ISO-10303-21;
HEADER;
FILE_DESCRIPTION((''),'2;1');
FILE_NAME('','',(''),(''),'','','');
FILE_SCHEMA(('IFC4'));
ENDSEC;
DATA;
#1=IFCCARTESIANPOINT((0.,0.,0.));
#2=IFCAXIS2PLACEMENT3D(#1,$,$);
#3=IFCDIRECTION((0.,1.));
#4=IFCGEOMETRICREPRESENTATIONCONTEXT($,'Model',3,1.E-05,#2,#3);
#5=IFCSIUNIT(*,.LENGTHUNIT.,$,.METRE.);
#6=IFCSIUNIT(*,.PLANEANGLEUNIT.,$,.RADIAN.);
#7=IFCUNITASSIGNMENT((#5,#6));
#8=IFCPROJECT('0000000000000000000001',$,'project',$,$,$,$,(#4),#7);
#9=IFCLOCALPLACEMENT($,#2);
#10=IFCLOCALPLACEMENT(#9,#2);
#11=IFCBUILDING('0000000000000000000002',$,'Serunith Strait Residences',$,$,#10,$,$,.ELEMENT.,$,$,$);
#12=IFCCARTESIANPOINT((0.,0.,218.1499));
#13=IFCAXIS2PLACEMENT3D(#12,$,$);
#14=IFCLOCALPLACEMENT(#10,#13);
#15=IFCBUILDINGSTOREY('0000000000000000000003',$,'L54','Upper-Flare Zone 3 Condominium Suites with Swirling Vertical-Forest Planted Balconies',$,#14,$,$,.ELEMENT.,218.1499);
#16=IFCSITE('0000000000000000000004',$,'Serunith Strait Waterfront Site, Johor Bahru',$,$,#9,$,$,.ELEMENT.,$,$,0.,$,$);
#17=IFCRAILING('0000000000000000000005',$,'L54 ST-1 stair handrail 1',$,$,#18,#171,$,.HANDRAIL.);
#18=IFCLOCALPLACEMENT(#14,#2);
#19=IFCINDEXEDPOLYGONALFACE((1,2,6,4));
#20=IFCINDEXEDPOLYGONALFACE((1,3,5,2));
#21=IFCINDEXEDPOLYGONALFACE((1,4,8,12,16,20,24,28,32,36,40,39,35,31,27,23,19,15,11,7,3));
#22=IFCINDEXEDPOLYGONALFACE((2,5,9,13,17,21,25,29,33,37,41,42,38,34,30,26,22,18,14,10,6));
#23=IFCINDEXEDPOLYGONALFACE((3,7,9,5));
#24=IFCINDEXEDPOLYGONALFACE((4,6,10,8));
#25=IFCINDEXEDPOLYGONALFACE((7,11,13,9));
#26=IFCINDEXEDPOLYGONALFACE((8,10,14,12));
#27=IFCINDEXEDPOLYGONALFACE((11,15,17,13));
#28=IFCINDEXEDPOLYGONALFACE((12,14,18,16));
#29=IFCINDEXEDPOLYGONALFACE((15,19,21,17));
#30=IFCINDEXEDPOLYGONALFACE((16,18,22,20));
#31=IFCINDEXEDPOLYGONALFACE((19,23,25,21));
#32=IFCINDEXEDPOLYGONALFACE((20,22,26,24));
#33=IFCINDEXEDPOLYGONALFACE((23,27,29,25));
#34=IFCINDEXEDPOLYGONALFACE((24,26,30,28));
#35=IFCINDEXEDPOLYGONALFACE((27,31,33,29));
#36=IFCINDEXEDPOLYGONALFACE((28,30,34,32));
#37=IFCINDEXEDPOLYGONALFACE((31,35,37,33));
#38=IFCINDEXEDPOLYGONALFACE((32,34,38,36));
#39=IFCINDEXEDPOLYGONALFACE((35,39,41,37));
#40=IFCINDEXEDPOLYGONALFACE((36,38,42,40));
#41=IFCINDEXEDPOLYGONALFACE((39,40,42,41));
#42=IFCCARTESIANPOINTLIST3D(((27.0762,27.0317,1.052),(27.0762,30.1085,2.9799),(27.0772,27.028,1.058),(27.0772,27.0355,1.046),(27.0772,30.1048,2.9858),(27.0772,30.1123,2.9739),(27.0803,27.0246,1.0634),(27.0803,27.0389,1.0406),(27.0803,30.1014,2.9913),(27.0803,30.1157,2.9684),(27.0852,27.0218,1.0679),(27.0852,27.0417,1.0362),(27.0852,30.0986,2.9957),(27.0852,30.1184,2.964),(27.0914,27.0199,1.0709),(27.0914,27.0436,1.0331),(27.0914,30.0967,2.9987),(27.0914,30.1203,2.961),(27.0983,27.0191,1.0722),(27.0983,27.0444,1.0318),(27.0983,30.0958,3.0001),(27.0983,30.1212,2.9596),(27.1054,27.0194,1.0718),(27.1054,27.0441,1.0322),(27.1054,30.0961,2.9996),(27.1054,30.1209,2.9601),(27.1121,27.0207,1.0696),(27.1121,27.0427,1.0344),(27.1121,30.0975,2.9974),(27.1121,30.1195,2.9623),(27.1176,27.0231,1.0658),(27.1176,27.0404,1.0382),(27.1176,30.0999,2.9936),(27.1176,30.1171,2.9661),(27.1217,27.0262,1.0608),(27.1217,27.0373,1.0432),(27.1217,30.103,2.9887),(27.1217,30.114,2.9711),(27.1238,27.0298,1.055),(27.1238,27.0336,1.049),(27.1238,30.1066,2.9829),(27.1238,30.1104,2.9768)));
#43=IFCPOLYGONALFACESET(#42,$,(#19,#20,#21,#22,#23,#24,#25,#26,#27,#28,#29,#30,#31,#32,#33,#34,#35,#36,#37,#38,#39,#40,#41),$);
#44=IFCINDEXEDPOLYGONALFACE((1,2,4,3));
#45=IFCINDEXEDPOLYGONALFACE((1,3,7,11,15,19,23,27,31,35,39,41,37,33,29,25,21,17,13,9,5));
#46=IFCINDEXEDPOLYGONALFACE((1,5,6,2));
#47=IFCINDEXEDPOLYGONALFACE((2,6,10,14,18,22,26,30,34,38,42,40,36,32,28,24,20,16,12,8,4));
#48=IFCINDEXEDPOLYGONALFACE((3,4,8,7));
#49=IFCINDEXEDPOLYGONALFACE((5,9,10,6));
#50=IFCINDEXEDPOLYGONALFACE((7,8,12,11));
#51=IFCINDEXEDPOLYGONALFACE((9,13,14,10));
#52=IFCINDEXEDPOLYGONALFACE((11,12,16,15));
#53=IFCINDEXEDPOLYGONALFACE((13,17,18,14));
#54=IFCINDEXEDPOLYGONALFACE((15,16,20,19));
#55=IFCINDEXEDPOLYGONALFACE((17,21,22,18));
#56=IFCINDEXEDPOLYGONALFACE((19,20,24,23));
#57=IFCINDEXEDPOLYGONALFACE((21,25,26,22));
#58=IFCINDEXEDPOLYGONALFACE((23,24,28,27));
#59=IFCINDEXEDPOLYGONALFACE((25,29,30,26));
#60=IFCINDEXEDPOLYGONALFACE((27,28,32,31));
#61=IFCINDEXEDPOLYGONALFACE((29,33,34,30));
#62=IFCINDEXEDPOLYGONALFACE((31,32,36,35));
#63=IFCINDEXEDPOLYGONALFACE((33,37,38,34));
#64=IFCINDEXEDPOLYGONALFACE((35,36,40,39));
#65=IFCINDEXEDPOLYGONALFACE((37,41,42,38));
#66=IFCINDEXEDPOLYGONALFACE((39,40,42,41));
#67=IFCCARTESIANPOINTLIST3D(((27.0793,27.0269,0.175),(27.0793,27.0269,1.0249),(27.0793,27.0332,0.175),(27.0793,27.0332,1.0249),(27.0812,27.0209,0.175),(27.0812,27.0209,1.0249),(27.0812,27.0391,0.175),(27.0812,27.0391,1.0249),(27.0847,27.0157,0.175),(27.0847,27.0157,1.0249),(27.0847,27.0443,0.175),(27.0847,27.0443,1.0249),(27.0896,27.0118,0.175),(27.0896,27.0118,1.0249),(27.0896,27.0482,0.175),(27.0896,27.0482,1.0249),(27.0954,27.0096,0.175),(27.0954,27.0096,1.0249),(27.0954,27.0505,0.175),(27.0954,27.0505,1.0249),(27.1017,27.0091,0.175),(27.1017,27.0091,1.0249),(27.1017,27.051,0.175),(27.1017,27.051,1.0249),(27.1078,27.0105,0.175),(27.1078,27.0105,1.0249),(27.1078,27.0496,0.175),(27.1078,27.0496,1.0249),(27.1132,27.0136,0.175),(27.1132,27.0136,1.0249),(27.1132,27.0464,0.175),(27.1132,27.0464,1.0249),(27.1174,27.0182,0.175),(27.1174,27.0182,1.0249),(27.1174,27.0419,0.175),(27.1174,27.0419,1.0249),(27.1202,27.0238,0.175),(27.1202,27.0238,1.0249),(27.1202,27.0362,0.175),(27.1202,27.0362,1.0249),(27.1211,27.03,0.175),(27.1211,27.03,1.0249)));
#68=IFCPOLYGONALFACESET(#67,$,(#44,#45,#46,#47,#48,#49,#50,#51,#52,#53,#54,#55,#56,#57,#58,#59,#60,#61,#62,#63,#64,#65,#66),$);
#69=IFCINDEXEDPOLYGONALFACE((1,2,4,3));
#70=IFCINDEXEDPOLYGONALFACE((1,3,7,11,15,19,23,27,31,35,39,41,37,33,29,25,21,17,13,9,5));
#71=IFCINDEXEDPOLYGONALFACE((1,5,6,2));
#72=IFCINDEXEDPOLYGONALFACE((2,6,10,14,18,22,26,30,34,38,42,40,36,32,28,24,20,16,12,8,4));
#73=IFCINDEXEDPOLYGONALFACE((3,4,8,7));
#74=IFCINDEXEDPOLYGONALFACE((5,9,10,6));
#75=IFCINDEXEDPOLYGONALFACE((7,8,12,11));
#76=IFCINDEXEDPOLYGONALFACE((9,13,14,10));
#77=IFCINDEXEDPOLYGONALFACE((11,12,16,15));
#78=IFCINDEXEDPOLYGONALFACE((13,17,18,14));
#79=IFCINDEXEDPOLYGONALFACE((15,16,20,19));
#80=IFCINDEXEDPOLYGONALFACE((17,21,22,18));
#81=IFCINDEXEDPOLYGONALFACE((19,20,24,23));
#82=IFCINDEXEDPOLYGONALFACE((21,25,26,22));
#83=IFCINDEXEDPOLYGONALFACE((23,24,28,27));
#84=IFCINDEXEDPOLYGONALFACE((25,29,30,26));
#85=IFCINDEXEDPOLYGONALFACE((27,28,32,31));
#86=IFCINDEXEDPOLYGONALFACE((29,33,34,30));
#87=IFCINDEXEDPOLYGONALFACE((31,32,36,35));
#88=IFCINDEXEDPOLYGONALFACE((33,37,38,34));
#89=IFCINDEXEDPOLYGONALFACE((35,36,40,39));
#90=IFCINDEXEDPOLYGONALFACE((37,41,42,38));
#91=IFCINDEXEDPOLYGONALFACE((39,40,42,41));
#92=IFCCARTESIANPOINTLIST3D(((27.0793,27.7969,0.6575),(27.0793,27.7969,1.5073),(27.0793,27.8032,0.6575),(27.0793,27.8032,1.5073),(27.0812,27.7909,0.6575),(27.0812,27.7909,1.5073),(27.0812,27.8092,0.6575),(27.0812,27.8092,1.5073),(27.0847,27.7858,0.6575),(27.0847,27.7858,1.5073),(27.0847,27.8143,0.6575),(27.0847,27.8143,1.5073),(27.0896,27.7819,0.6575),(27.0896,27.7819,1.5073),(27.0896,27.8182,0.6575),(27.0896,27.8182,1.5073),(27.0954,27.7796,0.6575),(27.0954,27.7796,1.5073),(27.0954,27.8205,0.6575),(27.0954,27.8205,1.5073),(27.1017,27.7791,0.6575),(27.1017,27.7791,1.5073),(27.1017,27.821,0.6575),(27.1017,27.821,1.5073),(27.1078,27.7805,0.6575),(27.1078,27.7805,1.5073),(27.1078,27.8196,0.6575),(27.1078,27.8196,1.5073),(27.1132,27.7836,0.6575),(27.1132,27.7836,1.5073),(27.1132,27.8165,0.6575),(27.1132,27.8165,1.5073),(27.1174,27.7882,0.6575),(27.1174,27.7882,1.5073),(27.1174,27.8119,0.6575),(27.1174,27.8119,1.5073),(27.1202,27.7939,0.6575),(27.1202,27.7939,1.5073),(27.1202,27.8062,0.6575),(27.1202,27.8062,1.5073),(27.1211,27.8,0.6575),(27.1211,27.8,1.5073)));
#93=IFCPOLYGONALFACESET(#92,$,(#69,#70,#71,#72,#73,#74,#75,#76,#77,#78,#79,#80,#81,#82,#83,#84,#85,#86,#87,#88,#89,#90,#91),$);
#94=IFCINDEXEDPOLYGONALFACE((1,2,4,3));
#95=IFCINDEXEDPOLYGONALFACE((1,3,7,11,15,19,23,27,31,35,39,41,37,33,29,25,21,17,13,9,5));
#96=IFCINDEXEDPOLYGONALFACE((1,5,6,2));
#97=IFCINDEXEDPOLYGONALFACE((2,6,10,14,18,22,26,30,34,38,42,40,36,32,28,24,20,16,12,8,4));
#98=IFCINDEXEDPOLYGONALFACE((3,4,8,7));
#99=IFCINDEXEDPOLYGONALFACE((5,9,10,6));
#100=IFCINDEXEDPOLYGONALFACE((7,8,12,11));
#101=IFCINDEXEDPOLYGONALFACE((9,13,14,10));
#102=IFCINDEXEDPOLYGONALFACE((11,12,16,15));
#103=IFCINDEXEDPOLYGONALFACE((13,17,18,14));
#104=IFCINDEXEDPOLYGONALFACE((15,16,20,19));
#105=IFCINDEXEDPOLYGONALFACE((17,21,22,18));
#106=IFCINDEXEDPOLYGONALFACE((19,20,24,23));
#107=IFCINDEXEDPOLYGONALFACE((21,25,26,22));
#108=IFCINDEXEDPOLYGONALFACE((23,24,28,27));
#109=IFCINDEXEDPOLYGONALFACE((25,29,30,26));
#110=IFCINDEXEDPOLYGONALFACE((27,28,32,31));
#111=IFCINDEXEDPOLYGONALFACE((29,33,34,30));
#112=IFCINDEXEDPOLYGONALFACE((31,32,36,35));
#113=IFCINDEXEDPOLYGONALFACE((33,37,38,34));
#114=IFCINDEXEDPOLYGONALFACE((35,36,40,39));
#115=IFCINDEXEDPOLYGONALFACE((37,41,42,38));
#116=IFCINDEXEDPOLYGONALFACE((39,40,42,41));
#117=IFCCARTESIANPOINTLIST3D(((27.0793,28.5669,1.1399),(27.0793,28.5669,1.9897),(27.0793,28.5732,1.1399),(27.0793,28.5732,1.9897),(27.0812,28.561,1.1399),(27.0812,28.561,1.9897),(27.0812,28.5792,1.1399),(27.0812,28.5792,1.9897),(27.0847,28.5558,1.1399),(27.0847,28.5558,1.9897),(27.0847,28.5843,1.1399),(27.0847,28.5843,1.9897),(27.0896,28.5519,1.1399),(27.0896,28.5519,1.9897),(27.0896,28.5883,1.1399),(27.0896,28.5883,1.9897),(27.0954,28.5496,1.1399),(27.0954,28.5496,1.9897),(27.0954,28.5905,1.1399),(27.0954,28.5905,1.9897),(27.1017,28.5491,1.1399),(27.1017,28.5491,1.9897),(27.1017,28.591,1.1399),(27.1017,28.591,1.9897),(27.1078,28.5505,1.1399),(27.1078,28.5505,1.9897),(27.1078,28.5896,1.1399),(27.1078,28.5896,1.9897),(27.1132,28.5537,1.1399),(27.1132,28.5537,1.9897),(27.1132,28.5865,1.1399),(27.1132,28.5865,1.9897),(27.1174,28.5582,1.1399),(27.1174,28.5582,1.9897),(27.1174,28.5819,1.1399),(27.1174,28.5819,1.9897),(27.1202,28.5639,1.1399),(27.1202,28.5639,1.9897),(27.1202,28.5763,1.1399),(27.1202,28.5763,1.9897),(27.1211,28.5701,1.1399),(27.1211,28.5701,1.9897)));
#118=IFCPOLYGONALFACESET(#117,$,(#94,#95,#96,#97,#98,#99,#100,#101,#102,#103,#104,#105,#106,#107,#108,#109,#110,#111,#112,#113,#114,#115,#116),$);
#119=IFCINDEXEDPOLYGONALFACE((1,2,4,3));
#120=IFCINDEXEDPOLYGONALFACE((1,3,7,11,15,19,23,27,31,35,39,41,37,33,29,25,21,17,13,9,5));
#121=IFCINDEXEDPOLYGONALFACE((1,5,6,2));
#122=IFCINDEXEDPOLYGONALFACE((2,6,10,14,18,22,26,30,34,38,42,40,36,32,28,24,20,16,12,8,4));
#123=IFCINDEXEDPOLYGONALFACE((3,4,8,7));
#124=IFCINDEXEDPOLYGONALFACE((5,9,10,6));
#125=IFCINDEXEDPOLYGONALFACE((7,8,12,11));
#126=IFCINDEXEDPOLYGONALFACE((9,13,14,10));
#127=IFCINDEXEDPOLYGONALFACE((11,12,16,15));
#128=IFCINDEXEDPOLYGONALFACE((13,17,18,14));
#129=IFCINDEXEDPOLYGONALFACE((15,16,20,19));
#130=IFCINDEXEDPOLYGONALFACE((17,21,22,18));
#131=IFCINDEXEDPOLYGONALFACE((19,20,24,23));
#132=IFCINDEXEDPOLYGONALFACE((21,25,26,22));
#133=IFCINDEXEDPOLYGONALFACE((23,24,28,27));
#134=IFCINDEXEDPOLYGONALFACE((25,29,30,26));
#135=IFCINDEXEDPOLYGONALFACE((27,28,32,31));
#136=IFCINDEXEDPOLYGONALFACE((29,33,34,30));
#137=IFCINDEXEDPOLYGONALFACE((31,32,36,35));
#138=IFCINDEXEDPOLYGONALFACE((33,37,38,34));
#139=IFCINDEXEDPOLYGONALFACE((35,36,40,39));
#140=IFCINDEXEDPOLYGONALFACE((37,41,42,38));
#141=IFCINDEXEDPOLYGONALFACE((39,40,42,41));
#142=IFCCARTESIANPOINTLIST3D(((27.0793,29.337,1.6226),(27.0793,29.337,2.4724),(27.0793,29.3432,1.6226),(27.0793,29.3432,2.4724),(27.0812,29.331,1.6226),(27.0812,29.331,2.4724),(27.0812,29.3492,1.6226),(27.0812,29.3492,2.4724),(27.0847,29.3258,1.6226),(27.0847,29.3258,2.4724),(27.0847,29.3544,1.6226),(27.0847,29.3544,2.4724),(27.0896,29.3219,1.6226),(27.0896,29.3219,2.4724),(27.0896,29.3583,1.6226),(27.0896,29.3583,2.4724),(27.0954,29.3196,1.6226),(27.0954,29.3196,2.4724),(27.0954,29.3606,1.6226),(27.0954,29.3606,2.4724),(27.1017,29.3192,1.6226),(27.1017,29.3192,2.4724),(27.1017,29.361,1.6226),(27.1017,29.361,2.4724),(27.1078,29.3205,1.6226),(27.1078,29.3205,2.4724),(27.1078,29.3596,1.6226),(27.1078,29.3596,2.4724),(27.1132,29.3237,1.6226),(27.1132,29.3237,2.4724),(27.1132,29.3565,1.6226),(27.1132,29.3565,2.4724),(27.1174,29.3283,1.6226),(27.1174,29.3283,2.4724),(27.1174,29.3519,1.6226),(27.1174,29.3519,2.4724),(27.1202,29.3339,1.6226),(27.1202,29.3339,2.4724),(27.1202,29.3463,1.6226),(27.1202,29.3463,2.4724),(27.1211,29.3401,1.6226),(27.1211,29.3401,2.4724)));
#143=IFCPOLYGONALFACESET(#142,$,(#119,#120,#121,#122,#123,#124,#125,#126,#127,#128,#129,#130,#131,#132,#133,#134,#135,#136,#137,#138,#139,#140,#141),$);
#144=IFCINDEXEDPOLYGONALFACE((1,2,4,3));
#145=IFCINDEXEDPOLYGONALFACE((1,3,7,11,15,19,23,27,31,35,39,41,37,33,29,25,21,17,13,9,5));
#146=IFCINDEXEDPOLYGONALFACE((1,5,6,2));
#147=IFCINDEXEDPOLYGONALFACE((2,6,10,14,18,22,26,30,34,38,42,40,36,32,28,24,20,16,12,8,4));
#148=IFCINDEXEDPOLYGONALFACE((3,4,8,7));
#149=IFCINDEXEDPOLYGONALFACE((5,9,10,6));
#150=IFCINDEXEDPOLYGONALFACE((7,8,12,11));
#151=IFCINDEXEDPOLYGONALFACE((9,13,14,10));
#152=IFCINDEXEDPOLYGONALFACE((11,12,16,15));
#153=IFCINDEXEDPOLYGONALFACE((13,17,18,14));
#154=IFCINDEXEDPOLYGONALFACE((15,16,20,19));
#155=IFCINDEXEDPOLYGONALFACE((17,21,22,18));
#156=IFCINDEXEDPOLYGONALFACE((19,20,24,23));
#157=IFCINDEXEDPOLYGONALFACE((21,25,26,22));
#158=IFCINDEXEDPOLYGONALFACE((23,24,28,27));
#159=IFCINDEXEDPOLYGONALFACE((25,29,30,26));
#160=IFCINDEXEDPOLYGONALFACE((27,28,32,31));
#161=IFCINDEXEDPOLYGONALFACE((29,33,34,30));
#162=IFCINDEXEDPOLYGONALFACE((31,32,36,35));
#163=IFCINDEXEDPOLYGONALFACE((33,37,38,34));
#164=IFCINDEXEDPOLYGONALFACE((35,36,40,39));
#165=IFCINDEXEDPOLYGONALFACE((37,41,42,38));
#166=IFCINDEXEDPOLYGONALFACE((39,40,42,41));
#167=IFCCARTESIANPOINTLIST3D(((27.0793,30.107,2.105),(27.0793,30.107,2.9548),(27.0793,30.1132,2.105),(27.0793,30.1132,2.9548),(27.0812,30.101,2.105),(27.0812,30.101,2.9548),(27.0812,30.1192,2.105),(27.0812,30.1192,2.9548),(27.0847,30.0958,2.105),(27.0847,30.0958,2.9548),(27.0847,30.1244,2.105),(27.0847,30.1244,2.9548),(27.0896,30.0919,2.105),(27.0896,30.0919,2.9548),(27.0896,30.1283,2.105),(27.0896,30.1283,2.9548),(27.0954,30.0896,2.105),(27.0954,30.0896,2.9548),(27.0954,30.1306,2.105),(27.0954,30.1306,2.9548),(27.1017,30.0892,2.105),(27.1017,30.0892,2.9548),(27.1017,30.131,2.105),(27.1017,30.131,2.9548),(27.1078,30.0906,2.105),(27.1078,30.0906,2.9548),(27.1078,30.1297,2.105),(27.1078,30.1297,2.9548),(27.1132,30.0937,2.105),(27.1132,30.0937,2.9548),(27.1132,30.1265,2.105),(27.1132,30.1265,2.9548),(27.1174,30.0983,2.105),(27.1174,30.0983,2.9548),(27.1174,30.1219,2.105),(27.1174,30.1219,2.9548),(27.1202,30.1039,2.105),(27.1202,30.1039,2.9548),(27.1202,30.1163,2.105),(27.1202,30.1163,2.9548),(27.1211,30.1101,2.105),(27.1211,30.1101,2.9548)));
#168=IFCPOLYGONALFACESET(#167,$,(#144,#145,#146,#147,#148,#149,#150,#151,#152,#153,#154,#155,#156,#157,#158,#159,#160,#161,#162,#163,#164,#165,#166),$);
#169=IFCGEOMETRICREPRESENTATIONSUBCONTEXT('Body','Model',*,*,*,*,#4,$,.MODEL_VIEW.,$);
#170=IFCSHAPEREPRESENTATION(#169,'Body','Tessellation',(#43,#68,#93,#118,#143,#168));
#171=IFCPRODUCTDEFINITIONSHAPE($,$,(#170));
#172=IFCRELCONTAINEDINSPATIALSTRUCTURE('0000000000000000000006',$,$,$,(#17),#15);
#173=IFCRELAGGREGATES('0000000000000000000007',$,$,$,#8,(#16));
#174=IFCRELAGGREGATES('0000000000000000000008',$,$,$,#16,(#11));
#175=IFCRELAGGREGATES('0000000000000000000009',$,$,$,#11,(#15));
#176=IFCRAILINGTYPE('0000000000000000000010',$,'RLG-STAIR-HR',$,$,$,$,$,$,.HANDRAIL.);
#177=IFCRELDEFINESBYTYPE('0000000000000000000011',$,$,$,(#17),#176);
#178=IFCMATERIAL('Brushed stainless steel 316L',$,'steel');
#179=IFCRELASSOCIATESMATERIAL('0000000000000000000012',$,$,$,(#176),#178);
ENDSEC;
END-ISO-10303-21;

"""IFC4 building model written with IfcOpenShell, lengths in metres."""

from ifc_helpers import new_model, si_unit, direction, frame, origin, origin_2d, place, context, subcontext, project, spatial, circle, extrude, material, type_object, element, save


model = new_model("IFC4")

# Units and contexts
model_context = context("Model", 3, precision=1e-05, world=origin(), true_north=direction((0.0, 1.0)))
body_context = subcontext(model_context, "Body", "Model", "MODEL_VIEW")
ifc_project = project(units=[si_unit("LENGTHUNIT", "METRE"), si_unit("PLANEANGLEUNIT", "RADIAN")], contexts=[model_context])

# Site, building, storey
site_placement = place(None, origin())
site = spatial("IfcSite", under=ifc_project, at=site_placement, Name="Serunith Strait Waterfront Site, Johor Bahru", CompositionType="ELEMENT", RefElevation=0.0)
building_placement = place(site_placement, origin())
building = spatial("IfcBuilding", under=site, at=building_placement, Name="Serunith Strait Residences", CompositionType="ELEMENT")
storey_placement = place(building_placement, frame((0.0, 0.0, 218.1499)))
storey = spatial("IfcBuildingStorey", under=building, at=storey_placement, Name="L54", Description="Upper-Flare Zone 3 Condominium Suites with Swirling Vertical-Forest Planted Balconies", CompositionType="ELEMENT", Elevation=218.1499)

# Railing
ifc_material_1 = material(Name="Brushed stainless steel 316L", Category="steel")
railing_type_1 = type_object("IfcRailingType", Name="RLG-STAIR-HR", PredefinedType="HANDRAIL", material=ifc_material_1)
railing_1_placement = place(storey_placement, frame((27.1001, 27.03, 0.175)))
element("IfcRailing", 1, at=railing_1_placement, inside=storey, type_object=railing_type_1, Name="L54 ST-1 stair handrail 1", PredefinedType="HANDRAIL", context=body_context, shape_type="SweptSolid", body=[
    extrude(circle(Radius=0.0239, at=origin_2d()), frame((0.0, 0.0017, 0.877), z_axis=(0.0, 0.847394, 0.530965), x_axis=(-1.0, 0.0, 0.0)), (0.0, 0.0, 1.0), 3.6309),
    extrude(circle(Radius=0.021, at=origin_2d()), origin(), (0.0, 0.0, 1.0), 0.8499),
    extrude(circle(Radius=0.021, at=origin_2d()), frame((0.0, 0.77, 0.4824)), (0.0, 0.0, 1.0), 0.8499),
    extrude(circle(Radius=0.021, at=origin_2d()), frame((0.0, 1.54, 0.9648)), (0.0, 0.0, 1.0), 0.8499),
    extrude(circle(Radius=0.021, at=origin_2d()), frame((0.0, 2.3101, 1.4475)), (0.0, 0.0, 1.0), 0.8499),
    extrude(circle(Radius=0.021, at=origin_2d()), frame((0.0, 3.0801, 1.9299)), (0.0, 0.0, 1.0), 0.8499),
])

save(model, "model.ifc")
